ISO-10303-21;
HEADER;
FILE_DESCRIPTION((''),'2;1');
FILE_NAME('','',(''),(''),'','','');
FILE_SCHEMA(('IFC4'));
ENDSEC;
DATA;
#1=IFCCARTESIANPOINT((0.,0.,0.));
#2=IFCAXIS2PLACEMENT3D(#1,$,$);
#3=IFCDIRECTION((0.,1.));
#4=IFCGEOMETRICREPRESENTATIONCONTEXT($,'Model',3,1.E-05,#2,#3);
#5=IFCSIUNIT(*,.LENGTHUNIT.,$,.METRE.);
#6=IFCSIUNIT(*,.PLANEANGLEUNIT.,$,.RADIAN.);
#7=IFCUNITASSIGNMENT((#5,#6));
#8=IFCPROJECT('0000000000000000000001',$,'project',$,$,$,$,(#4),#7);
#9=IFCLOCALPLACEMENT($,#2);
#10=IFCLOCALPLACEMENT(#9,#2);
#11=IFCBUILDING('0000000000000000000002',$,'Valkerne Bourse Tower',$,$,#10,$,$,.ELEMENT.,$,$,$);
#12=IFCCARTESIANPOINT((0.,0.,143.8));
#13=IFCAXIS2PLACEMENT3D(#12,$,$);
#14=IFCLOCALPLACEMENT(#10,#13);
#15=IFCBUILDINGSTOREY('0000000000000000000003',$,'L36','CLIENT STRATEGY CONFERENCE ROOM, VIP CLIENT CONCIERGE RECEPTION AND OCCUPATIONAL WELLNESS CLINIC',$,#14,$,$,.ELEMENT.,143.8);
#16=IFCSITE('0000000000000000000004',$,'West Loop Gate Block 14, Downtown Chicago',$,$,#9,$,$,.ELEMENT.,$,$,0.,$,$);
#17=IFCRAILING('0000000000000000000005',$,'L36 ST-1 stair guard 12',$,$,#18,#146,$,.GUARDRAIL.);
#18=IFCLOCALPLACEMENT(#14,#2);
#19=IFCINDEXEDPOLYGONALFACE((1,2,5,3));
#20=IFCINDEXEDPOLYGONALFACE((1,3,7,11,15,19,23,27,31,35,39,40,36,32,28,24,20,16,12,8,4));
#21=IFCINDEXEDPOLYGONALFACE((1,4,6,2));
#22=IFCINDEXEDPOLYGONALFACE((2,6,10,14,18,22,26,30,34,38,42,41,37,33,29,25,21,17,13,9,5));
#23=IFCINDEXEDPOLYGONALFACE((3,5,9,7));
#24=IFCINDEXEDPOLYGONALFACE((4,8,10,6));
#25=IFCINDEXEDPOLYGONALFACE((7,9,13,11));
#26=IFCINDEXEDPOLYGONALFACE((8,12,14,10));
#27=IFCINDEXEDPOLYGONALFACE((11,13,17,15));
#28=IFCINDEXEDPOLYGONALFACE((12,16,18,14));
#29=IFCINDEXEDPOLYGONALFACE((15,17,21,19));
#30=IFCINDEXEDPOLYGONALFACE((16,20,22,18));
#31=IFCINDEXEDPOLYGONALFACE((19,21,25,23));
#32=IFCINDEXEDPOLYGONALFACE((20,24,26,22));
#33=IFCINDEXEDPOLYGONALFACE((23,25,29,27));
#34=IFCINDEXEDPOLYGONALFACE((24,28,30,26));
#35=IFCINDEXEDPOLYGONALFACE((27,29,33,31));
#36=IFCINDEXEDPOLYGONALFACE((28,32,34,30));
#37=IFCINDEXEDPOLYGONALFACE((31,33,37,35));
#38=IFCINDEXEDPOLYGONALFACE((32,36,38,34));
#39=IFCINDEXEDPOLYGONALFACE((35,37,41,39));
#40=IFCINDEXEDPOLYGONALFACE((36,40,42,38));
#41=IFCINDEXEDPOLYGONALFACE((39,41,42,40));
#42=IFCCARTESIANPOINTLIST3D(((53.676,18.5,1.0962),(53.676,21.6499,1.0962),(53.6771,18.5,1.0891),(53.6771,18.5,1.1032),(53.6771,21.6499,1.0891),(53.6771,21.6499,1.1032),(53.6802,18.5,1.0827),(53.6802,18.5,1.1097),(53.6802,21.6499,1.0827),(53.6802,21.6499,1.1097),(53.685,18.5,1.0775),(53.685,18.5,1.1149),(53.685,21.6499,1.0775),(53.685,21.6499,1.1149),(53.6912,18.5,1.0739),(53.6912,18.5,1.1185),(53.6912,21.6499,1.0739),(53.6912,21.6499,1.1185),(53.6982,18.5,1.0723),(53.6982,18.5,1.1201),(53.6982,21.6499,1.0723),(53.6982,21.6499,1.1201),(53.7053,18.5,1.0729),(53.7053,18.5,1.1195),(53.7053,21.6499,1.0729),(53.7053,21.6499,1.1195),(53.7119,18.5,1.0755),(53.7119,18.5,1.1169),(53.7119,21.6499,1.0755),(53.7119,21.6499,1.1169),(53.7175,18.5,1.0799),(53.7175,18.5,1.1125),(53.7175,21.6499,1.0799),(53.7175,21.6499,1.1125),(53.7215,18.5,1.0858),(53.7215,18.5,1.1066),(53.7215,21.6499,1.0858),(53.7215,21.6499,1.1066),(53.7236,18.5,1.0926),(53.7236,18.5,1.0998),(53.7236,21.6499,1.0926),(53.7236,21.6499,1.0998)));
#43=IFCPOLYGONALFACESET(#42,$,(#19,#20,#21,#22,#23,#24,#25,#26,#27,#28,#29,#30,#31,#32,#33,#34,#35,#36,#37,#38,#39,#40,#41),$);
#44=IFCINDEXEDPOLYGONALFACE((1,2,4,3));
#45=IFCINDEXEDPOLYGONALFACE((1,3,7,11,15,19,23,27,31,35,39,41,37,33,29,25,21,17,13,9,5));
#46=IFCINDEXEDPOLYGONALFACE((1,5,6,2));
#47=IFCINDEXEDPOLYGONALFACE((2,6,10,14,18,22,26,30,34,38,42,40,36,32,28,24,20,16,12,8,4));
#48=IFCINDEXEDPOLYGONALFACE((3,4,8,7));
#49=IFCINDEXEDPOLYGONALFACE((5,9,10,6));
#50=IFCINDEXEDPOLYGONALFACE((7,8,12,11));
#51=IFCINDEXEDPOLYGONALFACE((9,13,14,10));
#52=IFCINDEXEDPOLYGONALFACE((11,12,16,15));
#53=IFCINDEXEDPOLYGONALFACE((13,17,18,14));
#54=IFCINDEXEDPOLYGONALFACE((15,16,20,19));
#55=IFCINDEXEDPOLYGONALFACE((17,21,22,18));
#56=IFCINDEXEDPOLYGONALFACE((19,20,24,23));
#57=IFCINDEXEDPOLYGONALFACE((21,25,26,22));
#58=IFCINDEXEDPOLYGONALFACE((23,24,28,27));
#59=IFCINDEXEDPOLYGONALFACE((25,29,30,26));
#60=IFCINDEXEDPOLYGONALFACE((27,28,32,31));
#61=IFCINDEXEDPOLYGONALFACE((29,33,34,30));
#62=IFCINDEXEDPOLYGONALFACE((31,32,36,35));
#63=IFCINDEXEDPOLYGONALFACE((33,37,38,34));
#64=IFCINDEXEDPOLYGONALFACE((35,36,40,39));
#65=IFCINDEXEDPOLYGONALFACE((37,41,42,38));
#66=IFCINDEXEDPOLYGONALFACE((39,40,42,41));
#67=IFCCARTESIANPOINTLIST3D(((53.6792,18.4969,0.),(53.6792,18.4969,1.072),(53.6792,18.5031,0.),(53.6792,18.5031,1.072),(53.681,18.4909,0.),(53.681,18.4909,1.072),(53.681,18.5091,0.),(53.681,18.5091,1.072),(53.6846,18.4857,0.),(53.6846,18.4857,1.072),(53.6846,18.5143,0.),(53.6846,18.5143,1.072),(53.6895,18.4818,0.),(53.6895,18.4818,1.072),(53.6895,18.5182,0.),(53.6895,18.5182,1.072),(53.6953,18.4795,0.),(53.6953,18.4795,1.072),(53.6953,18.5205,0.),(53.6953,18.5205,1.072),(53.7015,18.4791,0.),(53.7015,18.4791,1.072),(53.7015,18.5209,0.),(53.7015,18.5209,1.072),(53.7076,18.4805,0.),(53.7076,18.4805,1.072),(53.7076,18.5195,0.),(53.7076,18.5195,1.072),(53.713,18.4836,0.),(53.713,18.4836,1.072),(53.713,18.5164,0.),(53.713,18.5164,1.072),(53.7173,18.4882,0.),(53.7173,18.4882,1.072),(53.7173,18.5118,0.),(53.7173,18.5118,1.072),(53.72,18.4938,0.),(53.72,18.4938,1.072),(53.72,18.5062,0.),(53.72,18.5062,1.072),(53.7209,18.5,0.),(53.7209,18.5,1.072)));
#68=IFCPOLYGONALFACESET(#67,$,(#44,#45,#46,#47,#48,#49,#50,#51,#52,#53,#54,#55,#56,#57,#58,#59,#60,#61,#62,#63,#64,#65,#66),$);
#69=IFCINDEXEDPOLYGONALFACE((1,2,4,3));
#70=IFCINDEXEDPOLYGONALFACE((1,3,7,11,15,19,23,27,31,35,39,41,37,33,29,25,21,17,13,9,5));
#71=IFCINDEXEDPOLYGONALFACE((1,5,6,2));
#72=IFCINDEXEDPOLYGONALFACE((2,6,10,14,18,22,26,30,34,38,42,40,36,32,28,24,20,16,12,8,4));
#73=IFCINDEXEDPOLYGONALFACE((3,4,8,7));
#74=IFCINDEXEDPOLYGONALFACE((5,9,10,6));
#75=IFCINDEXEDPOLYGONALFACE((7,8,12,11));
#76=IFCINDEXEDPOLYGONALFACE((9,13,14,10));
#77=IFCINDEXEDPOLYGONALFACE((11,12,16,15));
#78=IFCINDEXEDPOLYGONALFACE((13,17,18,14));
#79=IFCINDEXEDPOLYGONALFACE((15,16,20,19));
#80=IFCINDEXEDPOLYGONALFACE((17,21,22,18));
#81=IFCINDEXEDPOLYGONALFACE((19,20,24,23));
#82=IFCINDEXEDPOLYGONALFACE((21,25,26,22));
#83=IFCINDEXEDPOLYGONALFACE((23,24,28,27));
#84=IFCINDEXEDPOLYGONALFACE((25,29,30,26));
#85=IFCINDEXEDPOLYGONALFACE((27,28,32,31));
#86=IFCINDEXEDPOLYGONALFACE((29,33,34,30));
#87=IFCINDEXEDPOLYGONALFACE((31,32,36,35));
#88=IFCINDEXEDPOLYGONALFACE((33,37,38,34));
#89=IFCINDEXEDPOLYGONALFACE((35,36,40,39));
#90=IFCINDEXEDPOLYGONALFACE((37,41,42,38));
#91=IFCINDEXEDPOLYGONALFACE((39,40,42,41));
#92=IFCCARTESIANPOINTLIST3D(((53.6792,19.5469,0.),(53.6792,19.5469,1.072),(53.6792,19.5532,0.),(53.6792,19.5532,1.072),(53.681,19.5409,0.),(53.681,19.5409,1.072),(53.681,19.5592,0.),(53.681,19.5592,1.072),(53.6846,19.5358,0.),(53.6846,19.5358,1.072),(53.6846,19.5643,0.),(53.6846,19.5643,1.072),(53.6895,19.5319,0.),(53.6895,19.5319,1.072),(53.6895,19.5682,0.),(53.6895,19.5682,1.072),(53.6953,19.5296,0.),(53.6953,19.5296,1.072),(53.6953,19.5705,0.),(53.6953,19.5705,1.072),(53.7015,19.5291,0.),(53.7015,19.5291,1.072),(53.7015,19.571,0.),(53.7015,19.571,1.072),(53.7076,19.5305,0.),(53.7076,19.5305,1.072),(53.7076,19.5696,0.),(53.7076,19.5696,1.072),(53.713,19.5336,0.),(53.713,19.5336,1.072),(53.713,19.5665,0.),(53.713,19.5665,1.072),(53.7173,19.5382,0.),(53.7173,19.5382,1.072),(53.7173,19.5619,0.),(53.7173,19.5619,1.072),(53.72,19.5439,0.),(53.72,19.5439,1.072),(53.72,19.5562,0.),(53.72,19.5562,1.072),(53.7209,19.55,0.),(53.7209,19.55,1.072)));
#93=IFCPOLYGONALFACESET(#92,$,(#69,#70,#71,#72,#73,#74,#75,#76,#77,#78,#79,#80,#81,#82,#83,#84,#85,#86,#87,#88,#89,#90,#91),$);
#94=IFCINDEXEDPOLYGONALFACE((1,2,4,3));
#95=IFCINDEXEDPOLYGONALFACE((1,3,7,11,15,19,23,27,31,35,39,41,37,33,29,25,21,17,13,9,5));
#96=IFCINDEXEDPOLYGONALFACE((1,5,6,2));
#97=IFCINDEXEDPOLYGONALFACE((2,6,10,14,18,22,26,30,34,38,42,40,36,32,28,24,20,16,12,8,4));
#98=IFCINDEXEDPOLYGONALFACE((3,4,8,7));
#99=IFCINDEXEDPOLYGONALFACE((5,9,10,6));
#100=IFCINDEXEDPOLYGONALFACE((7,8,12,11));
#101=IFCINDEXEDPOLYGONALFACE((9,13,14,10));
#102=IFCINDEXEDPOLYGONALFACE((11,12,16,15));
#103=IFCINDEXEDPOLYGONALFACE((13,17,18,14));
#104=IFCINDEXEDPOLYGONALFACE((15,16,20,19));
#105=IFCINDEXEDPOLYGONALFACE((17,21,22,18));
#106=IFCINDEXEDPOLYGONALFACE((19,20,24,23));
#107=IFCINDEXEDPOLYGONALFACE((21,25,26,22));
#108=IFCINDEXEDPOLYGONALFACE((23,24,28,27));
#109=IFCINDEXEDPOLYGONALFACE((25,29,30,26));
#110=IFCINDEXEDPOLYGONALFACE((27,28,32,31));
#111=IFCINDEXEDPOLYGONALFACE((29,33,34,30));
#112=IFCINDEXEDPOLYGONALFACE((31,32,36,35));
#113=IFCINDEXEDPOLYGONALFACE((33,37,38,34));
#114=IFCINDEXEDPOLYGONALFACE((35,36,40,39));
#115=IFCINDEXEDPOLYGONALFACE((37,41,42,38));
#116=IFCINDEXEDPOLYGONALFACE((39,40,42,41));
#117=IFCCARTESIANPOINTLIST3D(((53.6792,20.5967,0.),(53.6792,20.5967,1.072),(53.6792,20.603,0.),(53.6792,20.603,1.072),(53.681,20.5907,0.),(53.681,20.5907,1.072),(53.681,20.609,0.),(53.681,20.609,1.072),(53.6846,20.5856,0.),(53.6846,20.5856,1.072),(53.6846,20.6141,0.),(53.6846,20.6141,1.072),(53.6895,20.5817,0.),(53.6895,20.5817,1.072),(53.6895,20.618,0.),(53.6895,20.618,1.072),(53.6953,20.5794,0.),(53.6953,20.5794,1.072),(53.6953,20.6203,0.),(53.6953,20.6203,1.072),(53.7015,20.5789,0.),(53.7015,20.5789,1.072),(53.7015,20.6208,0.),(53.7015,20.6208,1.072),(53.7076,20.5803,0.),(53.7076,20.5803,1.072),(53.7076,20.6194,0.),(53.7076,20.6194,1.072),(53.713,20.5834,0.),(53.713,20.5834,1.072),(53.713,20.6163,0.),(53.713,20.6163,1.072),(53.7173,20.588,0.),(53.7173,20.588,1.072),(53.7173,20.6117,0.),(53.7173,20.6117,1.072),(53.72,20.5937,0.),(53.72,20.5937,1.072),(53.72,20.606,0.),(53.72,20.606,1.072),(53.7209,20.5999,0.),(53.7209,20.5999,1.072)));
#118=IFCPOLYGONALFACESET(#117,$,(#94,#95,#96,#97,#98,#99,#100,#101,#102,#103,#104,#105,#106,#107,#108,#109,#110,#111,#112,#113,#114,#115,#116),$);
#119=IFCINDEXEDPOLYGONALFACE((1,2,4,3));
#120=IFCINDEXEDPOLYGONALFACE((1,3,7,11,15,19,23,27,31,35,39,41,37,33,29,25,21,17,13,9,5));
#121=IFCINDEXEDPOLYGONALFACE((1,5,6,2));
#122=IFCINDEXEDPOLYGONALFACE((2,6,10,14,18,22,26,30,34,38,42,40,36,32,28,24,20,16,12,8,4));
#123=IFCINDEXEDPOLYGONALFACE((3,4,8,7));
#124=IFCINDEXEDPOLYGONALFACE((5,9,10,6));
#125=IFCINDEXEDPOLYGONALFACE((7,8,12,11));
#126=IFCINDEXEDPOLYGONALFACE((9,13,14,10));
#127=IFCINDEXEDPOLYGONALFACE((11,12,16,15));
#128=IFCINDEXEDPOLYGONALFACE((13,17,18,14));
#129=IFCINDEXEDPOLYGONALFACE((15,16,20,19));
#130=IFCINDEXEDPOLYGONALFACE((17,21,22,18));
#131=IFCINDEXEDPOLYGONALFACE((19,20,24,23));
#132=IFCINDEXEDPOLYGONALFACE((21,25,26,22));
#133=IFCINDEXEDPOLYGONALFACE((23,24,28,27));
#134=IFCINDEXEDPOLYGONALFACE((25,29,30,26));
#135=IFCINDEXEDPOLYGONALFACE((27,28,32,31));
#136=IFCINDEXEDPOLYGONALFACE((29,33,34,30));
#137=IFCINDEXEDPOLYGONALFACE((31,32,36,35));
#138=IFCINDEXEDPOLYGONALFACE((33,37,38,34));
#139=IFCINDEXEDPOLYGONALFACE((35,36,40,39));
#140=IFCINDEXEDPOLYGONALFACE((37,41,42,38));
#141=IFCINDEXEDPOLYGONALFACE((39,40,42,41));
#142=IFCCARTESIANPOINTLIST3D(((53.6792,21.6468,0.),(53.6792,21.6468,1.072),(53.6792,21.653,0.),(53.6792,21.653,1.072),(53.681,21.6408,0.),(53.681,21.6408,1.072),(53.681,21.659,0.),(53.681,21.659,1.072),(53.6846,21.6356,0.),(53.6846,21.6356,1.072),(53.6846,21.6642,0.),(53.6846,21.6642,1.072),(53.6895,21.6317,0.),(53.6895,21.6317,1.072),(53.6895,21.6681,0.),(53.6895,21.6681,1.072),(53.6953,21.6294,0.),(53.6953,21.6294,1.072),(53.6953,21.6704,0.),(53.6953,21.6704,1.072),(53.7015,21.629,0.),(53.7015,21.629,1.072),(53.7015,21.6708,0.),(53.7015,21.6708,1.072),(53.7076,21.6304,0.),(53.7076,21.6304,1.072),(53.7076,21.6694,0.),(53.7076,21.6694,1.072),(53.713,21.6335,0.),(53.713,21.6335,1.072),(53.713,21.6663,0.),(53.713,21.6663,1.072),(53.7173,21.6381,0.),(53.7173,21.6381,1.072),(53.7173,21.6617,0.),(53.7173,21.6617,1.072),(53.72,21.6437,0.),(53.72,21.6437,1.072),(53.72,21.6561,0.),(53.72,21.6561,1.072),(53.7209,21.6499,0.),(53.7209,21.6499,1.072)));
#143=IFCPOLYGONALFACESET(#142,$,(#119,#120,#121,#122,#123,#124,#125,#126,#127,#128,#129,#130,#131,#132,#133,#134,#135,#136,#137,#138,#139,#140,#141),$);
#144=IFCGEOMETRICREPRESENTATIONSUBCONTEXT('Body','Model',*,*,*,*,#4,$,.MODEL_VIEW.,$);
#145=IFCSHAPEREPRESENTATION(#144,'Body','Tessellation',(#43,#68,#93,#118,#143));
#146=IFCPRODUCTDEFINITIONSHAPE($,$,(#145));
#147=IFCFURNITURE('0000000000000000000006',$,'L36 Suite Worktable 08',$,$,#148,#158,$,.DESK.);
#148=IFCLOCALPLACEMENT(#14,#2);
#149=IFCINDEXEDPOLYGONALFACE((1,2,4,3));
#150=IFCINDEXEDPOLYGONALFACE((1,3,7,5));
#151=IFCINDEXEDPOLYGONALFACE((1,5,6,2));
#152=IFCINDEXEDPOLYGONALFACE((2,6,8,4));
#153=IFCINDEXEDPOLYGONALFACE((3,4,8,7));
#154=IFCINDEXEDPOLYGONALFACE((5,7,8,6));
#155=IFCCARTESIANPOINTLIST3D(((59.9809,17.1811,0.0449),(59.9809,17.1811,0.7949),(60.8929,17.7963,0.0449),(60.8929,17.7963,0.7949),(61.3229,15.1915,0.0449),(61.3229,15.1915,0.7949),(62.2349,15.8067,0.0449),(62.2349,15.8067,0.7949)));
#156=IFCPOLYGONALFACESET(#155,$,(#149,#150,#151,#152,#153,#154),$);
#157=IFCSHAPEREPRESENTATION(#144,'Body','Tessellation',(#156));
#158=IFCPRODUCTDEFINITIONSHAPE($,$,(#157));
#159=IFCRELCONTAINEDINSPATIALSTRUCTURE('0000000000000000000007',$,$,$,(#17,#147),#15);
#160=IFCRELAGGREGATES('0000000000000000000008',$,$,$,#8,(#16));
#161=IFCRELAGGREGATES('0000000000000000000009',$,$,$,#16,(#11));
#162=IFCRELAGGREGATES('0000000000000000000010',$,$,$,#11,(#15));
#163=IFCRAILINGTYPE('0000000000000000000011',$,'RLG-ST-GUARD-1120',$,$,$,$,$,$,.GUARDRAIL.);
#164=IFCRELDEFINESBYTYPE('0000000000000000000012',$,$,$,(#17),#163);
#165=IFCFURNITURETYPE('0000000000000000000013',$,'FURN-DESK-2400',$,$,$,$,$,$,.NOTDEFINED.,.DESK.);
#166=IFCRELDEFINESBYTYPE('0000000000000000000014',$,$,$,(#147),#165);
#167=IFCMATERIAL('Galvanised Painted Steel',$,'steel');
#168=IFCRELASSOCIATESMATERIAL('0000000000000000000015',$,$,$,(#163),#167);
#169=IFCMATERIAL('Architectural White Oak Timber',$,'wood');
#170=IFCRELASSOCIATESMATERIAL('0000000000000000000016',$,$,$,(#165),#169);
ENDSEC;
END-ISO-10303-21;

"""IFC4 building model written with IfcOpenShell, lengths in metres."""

from ifc_helpers import new_model, si_unit, direction, frame, origin, origin_2d, place, context, subcontext, project, spatial, rectangle, circle, extrude, material, type_object, element, save


model = new_model("IFC4")

# Units and contexts
model_context = context("Model", 3, precision=1e-05, world=origin(), true_north=direction((0.0, 1.0)))
body_context = subcontext(model_context, "Body", "Model", "MODEL_VIEW")
ifc_project = project(units=[si_unit("LENGTHUNIT", "METRE"), si_unit("PLANEANGLEUNIT", "RADIAN")], contexts=[model_context])

# Site, building, storey
site_placement = place(None, origin())
site = spatial("IfcSite", under=ifc_project, at=site_placement, Name="West Loop Gate Block 14, Downtown Chicago", CompositionType="ELEMENT", RefElevation=0.0)
building_placement = place(site_placement, origin())
building = spatial("IfcBuilding", under=site, at=building_placement, Name="Valkerne Bourse Tower", CompositionType="ELEMENT")
storey_placement = place(building_placement, frame((0.0, 0.0, 143.8)))
storey = spatial("IfcBuildingStorey", under=building, at=storey_placement, Name="L36", Description="CLIENT STRATEGY CONFERENCE ROOM, VIP CLIENT CONCIERGE RECEPTION AND OCCUPATIONAL WELLNESS CLINIC", CompositionType="ELEMENT", Elevation=143.8)

# Shared definitions
ifc_material_1 = material(Name="Architectural White Oak Timber", Category="wood")

# Railing
ifc_material_2 = material(Name="Galvanised Painted Steel", Category="steel")
railing_type = type_object("IfcRailingType", Name="RLG-ST-GUARD-1120", PredefinedType="GUARDRAIL", material=ifc_material_2)
railing_1_placement = place(storey_placement, frame((53.7, 18.5, 0.0)))
element("IfcRailing", 1, at=railing_1_placement, inside=storey, type_object=railing_type, Name="L36 ST-1 stair guard 12", PredefinedType="GUARDRAIL", context=body_context, shape_type="SweptSolid", body=[
    extrude(circle(Radius=0.0239, at=origin_2d()), frame((0.0, 0.0, 1.0962), z_axis=(0.0, 1.0, 0.0), x_axis=(-1.0, 0.0, 0.0)), (0.0, 0.0, 1.0), 3.1499),
    extrude(circle(Radius=0.021, at=origin_2d()), origin(), (0.0, 0.0, 1.0), 1.072),
    extrude(circle(Radius=0.021, at=origin_2d()), frame((0.0, 1.05, 0.0)), (0.0, 0.0, 1.0), 1.072),
    extrude(circle(Radius=0.021, at=origin_2d()), frame((0.0, 2.0999, 0.0)), (0.0, 0.0, 1.0), 1.072),
    extrude(circle(Radius=0.021, at=origin_2d()), frame((0.0, 3.1499, 0.0)), (0.0, 0.0, 1.0), 1.072),
])

# Furniture
furniture_type = type_object("IfcFurnitureType", Name="FURN-DESK-2400", AssemblyPlace="NOTDEFINED", PredefinedType="DESK", material=ifc_material_1)
furniture_placement = place(storey_placement, frame((61.1079, 16.4939, 0.0449), z_axis=(0.0, 0.0, 1.0), x_axis=(-0.559193, 0.829038, 0.0)))
element("IfcFurniture", 2, at=furniture_placement, inside=storey, type_object=furniture_type, Name="L36 Suite Worktable 08", PredefinedType="DESK", context=body_context, shape_type="SweptSolid", body=[
    extrude(rectangle(XDim=2.3999, YDim=1.1001, at=origin_2d()), origin(), (0.0, 0.0, 1.0), 0.75),
])

save(model, "model.ifc")
